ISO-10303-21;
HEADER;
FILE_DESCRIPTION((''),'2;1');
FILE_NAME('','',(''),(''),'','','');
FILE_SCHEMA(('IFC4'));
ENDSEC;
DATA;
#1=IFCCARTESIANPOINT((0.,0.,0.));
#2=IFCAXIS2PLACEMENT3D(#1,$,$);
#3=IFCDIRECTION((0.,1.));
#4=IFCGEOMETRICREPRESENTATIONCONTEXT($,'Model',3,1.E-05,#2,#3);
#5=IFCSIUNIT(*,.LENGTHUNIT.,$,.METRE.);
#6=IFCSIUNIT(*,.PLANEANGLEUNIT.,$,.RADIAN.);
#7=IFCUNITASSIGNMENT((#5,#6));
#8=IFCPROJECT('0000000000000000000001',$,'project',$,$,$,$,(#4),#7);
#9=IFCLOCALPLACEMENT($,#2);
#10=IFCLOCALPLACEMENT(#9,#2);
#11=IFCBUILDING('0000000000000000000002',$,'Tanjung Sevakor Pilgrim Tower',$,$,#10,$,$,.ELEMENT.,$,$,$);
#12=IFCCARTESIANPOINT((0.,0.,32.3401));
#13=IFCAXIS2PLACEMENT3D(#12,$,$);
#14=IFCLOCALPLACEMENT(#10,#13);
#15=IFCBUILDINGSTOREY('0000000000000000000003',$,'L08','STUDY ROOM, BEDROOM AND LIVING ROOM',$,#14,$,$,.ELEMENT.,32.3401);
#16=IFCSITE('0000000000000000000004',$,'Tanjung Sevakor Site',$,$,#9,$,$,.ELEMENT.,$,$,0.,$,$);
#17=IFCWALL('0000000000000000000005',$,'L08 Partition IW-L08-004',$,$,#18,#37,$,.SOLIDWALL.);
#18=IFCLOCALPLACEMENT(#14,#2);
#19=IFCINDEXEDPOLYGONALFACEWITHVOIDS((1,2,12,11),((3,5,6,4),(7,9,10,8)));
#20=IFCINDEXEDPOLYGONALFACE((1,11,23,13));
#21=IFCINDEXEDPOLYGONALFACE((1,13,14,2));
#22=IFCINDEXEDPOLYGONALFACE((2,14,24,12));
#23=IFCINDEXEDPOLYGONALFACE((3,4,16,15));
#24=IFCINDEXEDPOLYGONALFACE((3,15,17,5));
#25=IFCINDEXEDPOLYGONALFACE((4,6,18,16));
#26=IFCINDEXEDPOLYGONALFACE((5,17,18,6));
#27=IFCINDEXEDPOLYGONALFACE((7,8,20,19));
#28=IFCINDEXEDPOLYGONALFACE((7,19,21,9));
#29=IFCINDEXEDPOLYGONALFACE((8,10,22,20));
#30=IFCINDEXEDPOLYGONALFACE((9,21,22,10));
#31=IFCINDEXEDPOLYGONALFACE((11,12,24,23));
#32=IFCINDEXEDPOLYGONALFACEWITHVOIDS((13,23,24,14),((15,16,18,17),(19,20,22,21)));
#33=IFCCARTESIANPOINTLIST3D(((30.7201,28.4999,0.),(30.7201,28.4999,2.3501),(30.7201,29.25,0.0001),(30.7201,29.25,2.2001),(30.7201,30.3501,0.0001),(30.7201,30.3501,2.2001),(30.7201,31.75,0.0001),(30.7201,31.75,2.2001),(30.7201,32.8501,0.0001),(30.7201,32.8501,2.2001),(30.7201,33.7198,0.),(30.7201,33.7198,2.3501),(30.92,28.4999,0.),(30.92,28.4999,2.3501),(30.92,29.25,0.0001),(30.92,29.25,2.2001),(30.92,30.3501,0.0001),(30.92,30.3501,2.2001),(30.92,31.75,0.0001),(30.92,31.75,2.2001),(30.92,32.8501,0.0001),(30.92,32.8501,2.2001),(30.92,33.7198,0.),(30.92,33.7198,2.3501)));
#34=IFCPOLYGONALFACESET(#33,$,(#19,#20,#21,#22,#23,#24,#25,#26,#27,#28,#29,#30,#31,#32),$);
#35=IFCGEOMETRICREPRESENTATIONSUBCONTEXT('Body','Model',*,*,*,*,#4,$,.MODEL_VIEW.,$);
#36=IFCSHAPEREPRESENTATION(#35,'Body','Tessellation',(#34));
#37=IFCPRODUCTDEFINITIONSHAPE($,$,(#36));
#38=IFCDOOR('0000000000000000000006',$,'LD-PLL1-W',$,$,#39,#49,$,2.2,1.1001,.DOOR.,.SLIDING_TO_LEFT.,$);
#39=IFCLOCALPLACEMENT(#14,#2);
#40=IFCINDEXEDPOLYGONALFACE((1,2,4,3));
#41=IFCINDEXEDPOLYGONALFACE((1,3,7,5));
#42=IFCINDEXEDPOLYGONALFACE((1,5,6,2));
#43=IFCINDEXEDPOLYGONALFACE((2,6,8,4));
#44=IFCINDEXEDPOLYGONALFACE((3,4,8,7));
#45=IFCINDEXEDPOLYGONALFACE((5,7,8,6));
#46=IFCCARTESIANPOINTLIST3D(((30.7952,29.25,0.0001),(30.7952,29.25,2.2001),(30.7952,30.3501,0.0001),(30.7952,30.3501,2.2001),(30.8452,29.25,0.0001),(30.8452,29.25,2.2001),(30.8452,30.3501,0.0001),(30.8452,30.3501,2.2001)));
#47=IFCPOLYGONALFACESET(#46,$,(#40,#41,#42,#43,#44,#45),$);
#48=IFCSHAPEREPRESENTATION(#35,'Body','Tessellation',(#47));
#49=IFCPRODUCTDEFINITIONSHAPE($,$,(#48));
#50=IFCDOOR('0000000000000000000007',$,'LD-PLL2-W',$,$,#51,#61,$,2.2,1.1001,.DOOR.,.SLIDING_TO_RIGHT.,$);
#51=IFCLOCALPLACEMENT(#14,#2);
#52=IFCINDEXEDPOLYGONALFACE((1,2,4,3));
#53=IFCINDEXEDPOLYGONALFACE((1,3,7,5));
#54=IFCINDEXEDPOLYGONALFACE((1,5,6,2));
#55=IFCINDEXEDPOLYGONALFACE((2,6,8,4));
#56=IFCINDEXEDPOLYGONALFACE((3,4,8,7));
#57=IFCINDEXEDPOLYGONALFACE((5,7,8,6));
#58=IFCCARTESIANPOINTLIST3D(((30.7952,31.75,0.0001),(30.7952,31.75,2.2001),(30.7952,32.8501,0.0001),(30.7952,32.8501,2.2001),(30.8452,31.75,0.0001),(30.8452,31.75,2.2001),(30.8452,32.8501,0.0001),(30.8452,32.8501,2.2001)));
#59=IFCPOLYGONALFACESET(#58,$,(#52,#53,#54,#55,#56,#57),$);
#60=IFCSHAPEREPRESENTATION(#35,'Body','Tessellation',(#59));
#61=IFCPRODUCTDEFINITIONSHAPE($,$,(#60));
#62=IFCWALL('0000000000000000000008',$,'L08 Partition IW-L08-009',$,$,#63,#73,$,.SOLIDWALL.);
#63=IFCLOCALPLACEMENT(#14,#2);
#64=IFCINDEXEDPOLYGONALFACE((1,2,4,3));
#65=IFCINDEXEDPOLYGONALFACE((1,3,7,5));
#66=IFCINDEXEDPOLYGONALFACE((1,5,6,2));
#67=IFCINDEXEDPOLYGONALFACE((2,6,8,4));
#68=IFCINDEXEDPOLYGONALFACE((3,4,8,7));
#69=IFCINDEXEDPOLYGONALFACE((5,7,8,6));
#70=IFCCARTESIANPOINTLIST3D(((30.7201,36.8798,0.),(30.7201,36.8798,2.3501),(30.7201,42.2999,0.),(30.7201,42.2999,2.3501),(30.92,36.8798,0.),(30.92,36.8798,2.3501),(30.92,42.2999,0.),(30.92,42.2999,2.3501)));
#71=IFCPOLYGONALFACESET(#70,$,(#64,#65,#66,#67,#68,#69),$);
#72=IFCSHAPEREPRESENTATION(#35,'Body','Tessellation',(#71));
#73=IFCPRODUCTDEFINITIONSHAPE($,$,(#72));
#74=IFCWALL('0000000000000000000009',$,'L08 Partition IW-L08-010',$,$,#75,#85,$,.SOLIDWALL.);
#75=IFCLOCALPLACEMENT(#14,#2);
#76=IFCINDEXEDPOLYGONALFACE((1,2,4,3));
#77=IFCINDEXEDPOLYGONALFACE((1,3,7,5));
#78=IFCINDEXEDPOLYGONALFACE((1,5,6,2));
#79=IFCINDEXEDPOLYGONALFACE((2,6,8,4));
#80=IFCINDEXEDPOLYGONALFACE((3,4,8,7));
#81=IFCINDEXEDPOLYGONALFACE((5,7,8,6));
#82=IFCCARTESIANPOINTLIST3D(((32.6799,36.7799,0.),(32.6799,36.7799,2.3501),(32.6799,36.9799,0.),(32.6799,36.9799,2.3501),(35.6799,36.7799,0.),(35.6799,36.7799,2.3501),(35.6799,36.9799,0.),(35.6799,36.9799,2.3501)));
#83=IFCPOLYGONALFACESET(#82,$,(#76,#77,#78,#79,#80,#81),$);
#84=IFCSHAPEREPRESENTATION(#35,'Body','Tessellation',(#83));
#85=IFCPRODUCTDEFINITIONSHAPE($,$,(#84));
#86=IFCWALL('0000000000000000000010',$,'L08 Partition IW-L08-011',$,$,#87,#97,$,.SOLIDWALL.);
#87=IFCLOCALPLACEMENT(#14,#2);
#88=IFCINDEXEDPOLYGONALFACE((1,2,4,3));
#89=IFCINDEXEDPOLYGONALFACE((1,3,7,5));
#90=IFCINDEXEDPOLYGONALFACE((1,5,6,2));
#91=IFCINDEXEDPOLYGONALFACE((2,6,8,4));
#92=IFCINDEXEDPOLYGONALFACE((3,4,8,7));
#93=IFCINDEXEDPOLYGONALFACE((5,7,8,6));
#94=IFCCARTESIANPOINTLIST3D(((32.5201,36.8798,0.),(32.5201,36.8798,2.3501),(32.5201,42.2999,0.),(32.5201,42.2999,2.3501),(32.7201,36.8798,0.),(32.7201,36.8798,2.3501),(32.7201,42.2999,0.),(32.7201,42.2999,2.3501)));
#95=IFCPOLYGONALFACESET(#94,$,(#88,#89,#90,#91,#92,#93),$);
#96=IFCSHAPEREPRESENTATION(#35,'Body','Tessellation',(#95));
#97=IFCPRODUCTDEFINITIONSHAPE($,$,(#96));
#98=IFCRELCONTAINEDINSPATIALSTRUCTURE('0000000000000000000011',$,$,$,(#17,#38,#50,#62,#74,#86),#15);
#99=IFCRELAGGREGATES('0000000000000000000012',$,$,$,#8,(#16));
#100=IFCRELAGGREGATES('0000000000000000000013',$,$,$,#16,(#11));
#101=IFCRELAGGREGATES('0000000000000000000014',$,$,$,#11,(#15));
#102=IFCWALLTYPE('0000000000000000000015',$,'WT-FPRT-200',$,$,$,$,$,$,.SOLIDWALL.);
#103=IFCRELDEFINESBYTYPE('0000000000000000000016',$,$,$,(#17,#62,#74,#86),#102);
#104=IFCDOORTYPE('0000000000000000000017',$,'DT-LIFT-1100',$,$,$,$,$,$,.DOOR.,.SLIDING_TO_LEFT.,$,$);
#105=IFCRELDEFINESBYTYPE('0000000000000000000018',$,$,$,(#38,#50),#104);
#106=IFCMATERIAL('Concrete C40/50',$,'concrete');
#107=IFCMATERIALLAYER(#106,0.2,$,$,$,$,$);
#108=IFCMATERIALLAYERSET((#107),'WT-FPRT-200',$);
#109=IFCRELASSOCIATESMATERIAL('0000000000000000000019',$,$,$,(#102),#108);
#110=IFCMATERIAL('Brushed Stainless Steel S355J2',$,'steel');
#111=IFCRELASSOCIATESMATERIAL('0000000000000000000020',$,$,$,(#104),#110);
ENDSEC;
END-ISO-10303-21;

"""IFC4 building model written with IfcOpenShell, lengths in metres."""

from ifc_helpers import new_model, si_unit, direction, frame, frame_2d, origin, place, context, subcontext, project, spatial, rectangle, extrude, material, layer, layer_set, type_object, element, fill, save


model = new_model("IFC4")

# Units and contexts
model_context = context("Model", 3, precision=1e-05, world=origin(), true_north=direction((0.0, 1.0)))
body_context = subcontext(model_context, "Body", "Model", "MODEL_VIEW")
ifc_project = project(units=[si_unit("LENGTHUNIT", "METRE"), si_unit("PLANEANGLEUNIT", "RADIAN")], contexts=[model_context])

# Site, building, storey
site_placement = place(None, origin())
site = spatial("IfcSite", under=ifc_project, at=site_placement, Name="Tanjung Sevakor Site", CompositionType="ELEMENT", RefElevation=0.0)
building_placement = place(site_placement, origin())
building = spatial("IfcBuilding", under=site, at=building_placement, Name="Tanjung Sevakor Pilgrim Tower", CompositionType="ELEMENT")
storey_placement = place(building_placement, frame((0.0, 0.0, 32.3401)))
storey = spatial("IfcBuildingStorey", under=building, at=storey_placement, Name="L08", Description="STUDY ROOM, BEDROOM AND LIVING ROOM", CompositionType="ELEMENT", Elevation=32.3401)

# Shared definitions
ifc_material_1 = material(Name="Concrete C40/50", Category="concrete")
ifc_layer_1 = layer(ifc_material_1, 0.2)
ifc_layer_set_1 = layer_set([ifc_layer_1], Name="WT-FPRT-200")
wall_type_1 = type_object("IfcWallType", Name="WT-FPRT-200", PredefinedType="SOLIDWALL", material=ifc_layer_set_1)
ifc_material_2 = material(Name="Brushed Stainless Steel S355J2", Category="steel")
door_type_1 = type_object("IfcDoorType", Name="DT-LIFT-1100", OperationType="SLIDING_TO_LEFT", PredefinedType="DOOR", material=ifc_material_2)

# Wall, openings, doors
wall_1_placement = place(storey_placement, frame((30.8201, 28.5, 0.0), z_axis=(0.0, 0.0, 1.0), x_axis=(0.0, 1.0, 0.0)))
wall_1 = element("IfcWall", 1, at=wall_1_placement, inside=storey, type_object=wall_type_1, Name="L08 Partition IW-L08-004", PredefinedType="SOLIDWALL", context=body_context, shape_type="SweptSolid", body=[
    extrude(rectangle(XDim=5.22, YDim=0.2, at=frame_2d((2.6099, 0.0))), origin(), (0.0, 0.0, 1.0), 2.3501),
])
opening_1_placement = place(wall_1_placement, frame((0.75, 0.0, 0.0)))
opening_1 = element("IfcOpeningElement", 2, at=opening_1_placement, cuts=wall_1, PredefinedType="OPENING", context=body_context, shape_type="SweptSolid", body=[
    extrude(rectangle(XDim=1.1001, YDim=2.2, at=frame_2d((0.55, 1.1001))), frame((0.0, 0.1099, 0.0), z_axis=(0.0, -1.0, 0.0), x_axis=(1.0, 0.0, 0.0)), (0.0, 0.0, 1.0), 0.22),
])
opening_2_placement = place(wall_1_placement, frame((3.25, 0.0, 0.0)))
opening_2 = element("IfcOpeningElement", 3, at=opening_2_placement, cuts=wall_1, PredefinedType="OPENING", context=body_context, shape_type="SweptSolid", body=[
    extrude(rectangle(XDim=1.1001, YDim=2.2, at=frame_2d((0.55, 1.1001))), frame((0.0, 0.1099, 0.0), z_axis=(0.0, -1.0, 0.0), x_axis=(1.0, 0.0, 0.0)), (0.0, 0.0, 1.0), 0.22),
])
door_1_placement = place(opening_1_placement, origin())
door_1 = element("IfcDoor", 4, at=door_1_placement, inside=storey, type_object=door_type_1, Name="LD-PLL1-W", OperationType="SLIDING_TO_LEFT", OverallHeight=2.2, OverallWidth=1.1001, PredefinedType="DOOR", context=body_context, shape_type="SweptSolid", body=[
    extrude(rectangle(XDim=1.1001, YDim=2.2, at=frame_2d((0.55, 1.1001))), frame((0.0, 0.0249, 0.0), z_axis=(0.0, -1.0, 0.0), x_axis=(1.0, 0.0, 0.0)), (0.0, 0.0, 1.0), 0.05),
])
fill(opening_1, door_1)
door_2_placement = place(opening_2_placement, origin())
door_2 = element("IfcDoor", 5, at=door_2_placement, inside=storey, type_object=door_type_1, Name="LD-PLL2-W", OperationType="SLIDING_TO_RIGHT", OverallHeight=2.2, OverallWidth=1.1001, PredefinedType="DOOR", context=body_context, shape_type="SweptSolid", body=[
    extrude(rectangle(XDim=1.1001, YDim=2.2, at=frame_2d((0.55, 1.1001))), frame((0.0, 0.0249, 0.0), z_axis=(0.0, -1.0, 0.0), x_axis=(1.0, 0.0, 0.0)), (0.0, 0.0, 1.0), 0.05),
])
fill(opening_2, door_2)

# Walls
wall_2_placement = place(storey_placement, frame((30.8201, 36.8799, 0.0), z_axis=(0.0, 0.0, 1.0), x_axis=(0.0, 1.0, 0.0)))
element("IfcWall", 6, at=wall_2_placement, inside=storey, type_object=wall_type_1, Name="L08 Partition IW-L08-009", PredefinedType="SOLIDWALL", context=body_context, shape_type="SweptSolid", body=[
    extrude(rectangle(XDim=5.4202, YDim=0.2, at=frame_2d((2.71, 0.0))), origin(), (0.0, 0.0, 1.0), 2.3501),
])
wall_3_placement = place(storey_placement, frame((32.6799, 36.8799, 0.0), z_axis=(0.0, 0.0, 1.0), x_axis=(1.0, 0.0, 0.0)))
element("IfcWall", 7, at=wall_3_placement, inside=storey, type_object=wall_type_1, Name="L08 Partition IW-L08-010", PredefinedType="SOLIDWALL", context=body_context, shape_type="SweptSolid", body=[
    extrude(rectangle(XDim=3.0, YDim=0.2, at=frame_2d((1.5, 0.0))), origin(), (0.0, 0.0, 1.0), 2.3501),
])
wall_4_placement = place(storey_placement, frame((32.6201, 36.8799, 0.0), z_axis=(0.0, 0.0, 1.0), x_axis=(0.0, 1.0, 0.0)))
element("IfcWall", 8, at=wall_4_placement, inside=storey, type_object=wall_type_1, Name="L08 Partition IW-L08-011", PredefinedType="SOLIDWALL", context=body_context, shape_type="SweptSolid", body=[
    extrude(rectangle(XDim=5.4202, YDim=0.2, at=frame_2d((2.71, 0.0))), origin(), (0.0, 0.0, 1.0), 2.3501),
])

save(model, "model.ifc")
